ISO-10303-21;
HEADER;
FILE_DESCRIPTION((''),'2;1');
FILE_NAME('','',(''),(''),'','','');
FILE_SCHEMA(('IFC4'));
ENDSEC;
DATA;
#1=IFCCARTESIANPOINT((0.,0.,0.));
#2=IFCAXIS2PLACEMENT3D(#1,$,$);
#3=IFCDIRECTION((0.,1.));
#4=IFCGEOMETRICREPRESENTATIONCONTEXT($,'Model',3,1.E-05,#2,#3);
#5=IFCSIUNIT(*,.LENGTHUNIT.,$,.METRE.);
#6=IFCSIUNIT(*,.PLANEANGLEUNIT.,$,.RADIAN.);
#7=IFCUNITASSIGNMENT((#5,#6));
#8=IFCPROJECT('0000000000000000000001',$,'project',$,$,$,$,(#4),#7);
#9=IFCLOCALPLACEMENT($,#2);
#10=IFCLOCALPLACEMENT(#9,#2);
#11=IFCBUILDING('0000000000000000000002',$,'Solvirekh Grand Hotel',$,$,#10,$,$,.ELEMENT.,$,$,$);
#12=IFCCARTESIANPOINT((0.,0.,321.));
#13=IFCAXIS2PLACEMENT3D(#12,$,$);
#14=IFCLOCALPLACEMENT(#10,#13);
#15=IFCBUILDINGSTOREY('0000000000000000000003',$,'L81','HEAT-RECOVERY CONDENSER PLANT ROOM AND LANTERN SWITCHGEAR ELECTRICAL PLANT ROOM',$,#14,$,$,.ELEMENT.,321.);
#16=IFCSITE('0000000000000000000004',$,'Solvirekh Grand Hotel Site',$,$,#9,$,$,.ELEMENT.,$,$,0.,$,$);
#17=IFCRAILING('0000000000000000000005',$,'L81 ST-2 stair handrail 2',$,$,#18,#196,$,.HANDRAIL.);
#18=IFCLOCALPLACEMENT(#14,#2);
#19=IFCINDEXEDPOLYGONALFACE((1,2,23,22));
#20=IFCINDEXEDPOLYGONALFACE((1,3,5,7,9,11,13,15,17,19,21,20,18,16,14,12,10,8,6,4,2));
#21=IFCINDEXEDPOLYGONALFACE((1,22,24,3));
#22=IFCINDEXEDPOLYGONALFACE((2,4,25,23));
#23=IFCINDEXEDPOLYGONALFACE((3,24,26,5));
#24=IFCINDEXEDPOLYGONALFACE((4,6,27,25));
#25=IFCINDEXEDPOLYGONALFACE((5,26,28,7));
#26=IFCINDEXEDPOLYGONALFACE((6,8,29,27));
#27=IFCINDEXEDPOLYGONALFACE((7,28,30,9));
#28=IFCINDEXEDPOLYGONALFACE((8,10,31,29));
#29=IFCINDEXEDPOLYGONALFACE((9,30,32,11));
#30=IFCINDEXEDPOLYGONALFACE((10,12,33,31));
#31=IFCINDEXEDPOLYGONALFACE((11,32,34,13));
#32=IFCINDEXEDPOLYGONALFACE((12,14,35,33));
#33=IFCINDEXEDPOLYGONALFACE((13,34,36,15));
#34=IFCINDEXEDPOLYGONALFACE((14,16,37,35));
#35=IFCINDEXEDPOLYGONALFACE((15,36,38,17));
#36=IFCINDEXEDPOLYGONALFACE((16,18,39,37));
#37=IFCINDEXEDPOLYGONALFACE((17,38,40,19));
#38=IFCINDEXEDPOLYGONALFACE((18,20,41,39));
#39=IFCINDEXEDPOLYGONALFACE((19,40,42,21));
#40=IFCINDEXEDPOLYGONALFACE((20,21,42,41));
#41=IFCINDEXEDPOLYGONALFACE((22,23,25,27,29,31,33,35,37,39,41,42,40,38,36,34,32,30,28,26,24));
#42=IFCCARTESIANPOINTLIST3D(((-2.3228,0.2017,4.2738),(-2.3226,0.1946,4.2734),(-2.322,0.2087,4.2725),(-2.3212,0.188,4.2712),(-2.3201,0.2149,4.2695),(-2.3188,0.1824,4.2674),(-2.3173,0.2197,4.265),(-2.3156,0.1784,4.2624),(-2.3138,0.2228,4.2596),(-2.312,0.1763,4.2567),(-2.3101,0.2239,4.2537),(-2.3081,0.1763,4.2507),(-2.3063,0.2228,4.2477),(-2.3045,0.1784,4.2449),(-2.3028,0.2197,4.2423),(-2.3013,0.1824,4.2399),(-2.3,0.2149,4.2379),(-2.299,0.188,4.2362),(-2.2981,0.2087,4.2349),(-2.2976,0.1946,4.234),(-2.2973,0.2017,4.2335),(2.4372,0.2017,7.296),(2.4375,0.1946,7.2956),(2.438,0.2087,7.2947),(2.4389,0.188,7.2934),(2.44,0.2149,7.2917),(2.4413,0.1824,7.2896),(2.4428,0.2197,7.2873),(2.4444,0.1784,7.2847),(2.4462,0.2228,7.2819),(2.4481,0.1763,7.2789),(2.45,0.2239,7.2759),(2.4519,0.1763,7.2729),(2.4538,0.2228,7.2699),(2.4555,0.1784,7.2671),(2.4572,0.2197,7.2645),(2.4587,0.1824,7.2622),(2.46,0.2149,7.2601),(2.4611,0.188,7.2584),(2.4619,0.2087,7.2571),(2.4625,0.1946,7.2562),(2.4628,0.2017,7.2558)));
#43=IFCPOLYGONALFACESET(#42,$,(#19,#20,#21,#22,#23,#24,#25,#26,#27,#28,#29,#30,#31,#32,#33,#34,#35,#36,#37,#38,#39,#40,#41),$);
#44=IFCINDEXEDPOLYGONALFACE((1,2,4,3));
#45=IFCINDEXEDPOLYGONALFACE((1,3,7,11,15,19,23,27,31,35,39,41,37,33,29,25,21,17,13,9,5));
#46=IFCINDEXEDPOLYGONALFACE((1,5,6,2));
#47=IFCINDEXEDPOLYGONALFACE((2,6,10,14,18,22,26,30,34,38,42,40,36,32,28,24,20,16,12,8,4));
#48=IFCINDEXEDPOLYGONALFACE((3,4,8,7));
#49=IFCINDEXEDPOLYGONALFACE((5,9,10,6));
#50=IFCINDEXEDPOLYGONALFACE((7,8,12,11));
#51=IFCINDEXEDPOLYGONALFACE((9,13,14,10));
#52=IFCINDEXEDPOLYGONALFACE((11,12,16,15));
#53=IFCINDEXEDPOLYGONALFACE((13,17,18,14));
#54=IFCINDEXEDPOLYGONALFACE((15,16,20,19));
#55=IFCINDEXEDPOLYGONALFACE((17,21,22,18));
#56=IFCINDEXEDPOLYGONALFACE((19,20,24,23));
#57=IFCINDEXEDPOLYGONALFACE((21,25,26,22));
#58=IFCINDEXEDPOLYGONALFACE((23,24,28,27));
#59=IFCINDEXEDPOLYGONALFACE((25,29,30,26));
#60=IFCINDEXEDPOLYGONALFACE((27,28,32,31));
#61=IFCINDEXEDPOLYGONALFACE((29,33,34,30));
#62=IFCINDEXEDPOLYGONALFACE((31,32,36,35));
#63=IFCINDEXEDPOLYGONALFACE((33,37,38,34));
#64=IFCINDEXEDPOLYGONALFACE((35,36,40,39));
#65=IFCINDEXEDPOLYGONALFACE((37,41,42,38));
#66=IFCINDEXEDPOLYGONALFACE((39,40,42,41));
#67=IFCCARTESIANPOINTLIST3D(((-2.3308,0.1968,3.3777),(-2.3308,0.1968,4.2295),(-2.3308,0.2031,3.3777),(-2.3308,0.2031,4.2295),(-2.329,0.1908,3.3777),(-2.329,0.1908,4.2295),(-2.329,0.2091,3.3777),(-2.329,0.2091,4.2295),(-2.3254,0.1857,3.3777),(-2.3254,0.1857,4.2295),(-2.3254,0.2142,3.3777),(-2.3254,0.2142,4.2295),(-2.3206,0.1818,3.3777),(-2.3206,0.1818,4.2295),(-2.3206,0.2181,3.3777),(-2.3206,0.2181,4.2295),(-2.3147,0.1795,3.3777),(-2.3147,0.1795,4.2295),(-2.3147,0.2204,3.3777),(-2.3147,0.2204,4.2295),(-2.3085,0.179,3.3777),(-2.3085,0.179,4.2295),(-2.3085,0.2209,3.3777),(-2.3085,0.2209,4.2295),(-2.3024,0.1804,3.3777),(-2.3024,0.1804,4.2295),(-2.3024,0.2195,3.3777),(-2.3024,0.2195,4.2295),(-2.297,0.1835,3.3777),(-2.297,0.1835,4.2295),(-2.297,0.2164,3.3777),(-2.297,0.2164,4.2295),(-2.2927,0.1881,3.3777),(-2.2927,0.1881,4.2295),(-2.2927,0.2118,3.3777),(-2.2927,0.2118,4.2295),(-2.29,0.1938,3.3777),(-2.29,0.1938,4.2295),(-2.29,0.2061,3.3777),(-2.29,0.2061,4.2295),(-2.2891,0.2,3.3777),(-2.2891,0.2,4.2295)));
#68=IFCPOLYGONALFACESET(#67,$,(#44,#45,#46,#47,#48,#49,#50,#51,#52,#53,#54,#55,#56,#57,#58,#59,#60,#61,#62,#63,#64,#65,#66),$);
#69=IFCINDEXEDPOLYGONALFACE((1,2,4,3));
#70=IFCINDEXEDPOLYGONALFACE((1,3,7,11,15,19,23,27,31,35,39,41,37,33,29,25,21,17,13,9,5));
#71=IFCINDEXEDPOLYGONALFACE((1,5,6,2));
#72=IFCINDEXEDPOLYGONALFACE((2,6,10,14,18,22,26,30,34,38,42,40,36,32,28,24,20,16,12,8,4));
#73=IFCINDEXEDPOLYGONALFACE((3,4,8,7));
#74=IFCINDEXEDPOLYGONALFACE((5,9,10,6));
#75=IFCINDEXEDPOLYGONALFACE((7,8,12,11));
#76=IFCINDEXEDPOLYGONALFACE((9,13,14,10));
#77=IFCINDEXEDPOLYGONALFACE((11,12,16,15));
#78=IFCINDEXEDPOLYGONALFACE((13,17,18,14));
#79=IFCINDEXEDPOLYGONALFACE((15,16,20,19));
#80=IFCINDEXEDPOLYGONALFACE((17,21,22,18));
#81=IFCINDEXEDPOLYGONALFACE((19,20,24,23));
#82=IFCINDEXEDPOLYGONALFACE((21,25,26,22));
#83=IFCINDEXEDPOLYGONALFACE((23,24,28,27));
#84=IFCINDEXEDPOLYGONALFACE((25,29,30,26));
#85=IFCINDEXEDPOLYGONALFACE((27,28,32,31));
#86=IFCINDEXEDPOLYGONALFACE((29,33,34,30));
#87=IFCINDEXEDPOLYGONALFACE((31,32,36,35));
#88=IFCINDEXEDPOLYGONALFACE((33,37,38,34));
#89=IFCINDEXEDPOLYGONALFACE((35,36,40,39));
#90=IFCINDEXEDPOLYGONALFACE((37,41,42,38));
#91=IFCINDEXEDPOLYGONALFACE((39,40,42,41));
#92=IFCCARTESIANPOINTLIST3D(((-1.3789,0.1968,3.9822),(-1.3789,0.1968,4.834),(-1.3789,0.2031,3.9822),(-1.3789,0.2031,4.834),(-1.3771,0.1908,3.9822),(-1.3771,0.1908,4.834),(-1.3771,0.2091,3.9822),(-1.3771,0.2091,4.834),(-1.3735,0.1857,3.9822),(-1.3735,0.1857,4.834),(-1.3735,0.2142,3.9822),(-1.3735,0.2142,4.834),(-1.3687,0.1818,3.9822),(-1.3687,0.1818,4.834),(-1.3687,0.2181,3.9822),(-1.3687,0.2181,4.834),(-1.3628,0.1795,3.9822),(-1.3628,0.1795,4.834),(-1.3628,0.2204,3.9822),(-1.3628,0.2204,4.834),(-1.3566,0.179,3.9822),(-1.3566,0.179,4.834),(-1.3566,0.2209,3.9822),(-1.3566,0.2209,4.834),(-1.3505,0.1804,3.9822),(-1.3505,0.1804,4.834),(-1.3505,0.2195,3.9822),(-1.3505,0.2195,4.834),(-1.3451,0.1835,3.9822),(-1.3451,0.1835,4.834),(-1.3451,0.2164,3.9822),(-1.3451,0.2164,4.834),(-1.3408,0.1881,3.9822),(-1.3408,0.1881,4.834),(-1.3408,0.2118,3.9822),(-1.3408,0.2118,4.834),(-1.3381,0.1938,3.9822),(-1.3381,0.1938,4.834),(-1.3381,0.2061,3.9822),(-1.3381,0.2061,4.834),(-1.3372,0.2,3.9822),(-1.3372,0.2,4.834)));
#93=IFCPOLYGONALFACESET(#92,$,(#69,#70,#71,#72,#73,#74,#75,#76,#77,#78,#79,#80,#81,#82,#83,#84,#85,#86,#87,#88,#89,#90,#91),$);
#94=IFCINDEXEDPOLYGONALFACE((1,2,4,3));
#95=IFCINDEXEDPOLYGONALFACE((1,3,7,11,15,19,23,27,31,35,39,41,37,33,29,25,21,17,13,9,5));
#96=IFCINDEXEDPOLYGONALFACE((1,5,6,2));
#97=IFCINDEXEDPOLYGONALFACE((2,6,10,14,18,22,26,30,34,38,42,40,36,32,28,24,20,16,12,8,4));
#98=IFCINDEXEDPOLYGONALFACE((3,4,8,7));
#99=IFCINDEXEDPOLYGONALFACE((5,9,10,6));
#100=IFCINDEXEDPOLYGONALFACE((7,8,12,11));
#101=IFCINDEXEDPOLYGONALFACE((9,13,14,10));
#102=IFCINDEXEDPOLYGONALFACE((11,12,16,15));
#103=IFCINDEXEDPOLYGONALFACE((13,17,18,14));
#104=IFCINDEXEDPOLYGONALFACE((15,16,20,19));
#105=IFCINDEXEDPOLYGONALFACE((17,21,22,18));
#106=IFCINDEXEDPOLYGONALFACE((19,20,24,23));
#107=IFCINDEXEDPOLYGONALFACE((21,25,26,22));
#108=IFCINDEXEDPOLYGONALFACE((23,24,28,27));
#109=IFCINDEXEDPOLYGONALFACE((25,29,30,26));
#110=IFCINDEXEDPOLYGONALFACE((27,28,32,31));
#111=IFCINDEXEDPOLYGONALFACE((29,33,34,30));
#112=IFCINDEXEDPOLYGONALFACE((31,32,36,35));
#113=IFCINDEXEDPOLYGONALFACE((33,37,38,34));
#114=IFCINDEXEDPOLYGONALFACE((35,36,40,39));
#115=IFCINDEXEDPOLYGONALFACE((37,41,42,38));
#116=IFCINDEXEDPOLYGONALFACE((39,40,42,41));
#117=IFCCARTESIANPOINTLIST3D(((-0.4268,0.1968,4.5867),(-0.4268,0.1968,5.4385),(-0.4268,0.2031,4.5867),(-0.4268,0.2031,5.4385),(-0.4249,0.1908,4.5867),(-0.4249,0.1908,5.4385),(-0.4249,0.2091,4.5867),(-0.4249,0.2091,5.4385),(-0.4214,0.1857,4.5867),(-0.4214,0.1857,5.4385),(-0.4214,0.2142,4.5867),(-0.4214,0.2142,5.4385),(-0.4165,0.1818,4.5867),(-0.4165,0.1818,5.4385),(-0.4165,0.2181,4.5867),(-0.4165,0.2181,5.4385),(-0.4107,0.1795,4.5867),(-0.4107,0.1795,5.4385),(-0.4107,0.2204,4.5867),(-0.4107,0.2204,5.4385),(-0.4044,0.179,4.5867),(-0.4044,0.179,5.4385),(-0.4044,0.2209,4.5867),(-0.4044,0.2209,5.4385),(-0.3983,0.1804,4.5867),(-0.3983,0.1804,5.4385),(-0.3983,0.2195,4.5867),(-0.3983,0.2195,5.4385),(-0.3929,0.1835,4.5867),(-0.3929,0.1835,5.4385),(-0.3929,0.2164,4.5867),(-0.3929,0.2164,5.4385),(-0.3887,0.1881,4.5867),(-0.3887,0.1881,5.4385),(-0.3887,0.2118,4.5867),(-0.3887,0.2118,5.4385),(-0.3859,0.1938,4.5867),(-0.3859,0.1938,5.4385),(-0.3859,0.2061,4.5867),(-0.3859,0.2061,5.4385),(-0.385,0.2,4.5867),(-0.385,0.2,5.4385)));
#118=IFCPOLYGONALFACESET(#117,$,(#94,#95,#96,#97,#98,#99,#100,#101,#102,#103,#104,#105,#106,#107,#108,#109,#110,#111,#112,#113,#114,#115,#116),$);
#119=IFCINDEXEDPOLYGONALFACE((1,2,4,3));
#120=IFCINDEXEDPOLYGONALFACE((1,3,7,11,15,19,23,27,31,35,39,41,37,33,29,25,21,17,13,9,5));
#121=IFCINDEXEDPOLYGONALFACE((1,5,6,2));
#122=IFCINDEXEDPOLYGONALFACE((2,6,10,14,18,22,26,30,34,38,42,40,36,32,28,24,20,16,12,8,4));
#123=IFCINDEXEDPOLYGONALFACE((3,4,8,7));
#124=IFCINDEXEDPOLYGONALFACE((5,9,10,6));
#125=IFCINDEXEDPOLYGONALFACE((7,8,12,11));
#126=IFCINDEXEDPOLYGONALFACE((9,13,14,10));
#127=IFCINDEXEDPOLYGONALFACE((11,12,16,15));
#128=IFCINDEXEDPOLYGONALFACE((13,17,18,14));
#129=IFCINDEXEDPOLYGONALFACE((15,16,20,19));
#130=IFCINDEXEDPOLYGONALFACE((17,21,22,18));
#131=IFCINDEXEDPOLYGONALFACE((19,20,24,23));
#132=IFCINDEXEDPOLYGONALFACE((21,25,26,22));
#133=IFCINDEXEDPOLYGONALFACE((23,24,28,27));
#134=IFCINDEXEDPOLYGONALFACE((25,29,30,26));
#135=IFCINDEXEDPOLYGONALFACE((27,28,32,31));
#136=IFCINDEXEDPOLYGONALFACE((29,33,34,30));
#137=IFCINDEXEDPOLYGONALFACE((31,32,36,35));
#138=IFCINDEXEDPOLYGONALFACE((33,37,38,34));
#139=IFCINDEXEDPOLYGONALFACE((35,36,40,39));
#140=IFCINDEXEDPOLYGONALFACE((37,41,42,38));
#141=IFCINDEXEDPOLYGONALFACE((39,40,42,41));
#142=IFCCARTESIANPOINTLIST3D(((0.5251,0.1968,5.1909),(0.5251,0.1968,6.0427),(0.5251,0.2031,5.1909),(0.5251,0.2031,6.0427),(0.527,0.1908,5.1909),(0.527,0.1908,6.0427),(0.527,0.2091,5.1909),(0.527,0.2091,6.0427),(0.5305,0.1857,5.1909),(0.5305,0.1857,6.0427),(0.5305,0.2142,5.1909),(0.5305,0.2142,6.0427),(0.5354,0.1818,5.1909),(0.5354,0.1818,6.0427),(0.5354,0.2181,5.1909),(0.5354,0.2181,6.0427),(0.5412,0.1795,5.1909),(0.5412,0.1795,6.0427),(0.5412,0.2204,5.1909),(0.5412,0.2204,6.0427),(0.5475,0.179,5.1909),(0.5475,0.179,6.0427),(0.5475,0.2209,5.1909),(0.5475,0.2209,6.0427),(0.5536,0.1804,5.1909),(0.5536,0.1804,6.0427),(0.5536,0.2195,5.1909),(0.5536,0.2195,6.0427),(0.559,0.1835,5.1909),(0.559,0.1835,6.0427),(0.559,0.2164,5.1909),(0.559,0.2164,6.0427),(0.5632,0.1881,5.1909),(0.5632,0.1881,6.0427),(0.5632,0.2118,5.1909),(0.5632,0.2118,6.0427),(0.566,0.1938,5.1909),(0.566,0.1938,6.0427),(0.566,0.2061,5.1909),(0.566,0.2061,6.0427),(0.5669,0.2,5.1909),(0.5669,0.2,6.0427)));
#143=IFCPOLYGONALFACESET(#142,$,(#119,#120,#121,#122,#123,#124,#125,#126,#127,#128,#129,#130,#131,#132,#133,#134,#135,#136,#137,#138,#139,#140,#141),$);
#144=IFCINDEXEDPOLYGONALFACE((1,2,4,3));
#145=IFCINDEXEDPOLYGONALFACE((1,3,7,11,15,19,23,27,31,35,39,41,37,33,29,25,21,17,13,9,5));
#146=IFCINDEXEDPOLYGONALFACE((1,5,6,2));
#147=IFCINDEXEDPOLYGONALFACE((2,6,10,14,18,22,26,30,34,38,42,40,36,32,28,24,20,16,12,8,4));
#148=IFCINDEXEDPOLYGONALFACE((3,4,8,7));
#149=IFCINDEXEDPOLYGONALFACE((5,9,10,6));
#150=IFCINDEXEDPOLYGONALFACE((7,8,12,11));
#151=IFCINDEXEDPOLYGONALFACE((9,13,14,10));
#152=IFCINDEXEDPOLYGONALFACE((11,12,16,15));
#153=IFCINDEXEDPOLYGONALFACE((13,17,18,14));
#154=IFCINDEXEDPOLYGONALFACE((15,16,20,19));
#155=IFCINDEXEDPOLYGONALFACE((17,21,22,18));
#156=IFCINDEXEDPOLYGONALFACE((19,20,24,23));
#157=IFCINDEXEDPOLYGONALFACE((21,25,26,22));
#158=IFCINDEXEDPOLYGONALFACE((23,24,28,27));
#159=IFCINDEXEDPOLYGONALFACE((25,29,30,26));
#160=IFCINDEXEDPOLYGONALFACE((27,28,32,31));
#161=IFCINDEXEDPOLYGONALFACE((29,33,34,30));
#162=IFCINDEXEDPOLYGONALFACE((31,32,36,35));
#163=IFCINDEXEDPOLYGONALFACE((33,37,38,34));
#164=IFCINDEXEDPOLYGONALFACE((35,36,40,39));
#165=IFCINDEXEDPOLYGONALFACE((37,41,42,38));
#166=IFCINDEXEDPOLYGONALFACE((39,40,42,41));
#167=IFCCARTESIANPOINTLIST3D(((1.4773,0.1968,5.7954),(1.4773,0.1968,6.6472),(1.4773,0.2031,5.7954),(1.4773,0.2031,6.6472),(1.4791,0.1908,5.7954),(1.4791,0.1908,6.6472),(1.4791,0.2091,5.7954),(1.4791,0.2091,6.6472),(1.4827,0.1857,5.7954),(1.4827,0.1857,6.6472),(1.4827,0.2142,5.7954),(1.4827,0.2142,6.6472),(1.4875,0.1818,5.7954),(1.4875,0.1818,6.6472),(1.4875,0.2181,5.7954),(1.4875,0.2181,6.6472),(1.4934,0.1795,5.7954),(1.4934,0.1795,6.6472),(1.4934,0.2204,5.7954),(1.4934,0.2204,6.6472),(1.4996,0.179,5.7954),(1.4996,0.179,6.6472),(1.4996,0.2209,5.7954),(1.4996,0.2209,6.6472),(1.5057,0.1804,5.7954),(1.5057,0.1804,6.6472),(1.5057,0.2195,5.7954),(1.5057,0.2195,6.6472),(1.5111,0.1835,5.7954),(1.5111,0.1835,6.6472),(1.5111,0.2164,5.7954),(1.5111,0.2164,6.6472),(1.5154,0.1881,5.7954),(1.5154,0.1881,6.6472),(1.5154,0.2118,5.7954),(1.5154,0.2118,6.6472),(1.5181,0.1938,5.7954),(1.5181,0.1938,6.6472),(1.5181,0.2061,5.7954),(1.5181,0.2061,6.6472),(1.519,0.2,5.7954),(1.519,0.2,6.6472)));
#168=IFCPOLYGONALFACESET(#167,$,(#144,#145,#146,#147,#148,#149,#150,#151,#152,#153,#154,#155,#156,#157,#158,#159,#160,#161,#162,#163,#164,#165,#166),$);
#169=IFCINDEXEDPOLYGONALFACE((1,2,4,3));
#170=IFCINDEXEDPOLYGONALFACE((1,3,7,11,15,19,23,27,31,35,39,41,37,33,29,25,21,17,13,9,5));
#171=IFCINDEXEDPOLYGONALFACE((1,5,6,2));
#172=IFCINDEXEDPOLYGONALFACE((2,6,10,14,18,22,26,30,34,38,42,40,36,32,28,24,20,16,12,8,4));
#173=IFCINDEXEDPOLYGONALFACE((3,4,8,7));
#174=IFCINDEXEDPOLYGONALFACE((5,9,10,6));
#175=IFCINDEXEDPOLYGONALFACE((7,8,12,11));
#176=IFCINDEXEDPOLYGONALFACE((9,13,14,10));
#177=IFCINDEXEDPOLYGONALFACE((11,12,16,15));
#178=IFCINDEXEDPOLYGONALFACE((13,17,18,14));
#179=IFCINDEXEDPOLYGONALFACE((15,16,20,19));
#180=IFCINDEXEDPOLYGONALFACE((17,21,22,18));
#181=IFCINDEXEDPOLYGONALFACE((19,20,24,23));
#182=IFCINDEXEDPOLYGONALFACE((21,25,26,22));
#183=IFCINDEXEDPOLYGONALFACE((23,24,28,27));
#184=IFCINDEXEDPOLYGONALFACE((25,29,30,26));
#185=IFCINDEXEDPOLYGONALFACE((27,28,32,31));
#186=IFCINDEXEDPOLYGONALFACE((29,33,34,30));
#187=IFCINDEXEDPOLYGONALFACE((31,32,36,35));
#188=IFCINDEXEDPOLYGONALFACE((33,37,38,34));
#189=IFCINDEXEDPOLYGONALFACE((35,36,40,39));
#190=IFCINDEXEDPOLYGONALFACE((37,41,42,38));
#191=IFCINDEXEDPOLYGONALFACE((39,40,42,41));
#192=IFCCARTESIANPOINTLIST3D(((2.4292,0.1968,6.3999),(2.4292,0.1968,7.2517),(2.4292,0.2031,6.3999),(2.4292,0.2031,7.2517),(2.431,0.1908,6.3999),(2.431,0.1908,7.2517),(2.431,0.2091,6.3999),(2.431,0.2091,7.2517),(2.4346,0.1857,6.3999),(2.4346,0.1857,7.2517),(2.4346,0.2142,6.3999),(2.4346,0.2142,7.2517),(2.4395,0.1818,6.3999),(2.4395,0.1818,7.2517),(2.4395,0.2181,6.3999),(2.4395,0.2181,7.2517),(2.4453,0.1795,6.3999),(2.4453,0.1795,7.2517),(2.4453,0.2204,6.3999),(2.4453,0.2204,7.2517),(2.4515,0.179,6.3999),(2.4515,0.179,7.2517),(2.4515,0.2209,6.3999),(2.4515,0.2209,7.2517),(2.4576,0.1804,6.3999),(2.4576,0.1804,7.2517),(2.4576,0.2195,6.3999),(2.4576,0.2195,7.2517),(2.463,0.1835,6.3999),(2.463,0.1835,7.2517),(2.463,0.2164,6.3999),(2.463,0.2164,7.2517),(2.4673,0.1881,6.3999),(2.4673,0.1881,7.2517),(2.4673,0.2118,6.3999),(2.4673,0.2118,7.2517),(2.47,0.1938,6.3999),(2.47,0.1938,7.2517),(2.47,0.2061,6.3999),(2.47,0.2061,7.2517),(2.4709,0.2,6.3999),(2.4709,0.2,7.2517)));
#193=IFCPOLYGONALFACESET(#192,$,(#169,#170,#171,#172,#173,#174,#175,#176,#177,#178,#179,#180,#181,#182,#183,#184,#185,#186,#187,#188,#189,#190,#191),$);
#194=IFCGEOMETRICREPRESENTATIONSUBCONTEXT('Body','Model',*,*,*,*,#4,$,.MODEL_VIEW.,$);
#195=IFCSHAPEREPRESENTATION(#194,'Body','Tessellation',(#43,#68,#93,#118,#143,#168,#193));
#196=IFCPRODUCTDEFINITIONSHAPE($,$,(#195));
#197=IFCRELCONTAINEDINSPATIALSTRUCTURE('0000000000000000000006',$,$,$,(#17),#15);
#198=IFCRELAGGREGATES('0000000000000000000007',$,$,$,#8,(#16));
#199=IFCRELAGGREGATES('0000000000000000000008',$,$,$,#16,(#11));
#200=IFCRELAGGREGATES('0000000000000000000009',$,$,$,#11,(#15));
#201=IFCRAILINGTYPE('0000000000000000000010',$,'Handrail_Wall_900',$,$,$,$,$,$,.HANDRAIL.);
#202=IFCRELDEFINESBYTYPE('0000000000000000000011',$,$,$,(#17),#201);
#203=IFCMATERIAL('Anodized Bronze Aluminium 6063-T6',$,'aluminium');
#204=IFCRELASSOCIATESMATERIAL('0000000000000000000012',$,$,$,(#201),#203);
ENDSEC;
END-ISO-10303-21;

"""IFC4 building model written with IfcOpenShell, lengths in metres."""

from ifc_helpers import new_model, si_unit, direction, frame, origin, origin_2d, place, context, subcontext, project, spatial, circle, extrude, material, type_object, element, save


model = new_model("IFC4")

# Units and contexts
model_context = context("Model", 3, precision=1e-05, world=origin(), true_north=direction((0.0, 1.0)))
body_context = subcontext(model_context, "Body", "Model", "MODEL_VIEW")
ifc_project = project(units=[si_unit("LENGTHUNIT", "METRE"), si_unit("PLANEANGLEUNIT", "RADIAN")], contexts=[model_context])

# Site, building, storey
site_placement = place(None, origin())
site = spatial("IfcSite", under=ifc_project, at=site_placement, Name="Solvirekh Grand Hotel Site", CompositionType="ELEMENT", RefElevation=0.0)
building_placement = place(site_placement, origin())
building = spatial("IfcBuilding", under=site, at=building_placement, Name="Solvirekh Grand Hotel", CompositionType="ELEMENT")
storey_placement = place(building_placement, frame((0.0, 0.0, 321.0)))
storey = spatial("IfcBuildingStorey", under=building, at=storey_placement, Name="L81", Description="HEAT-RECOVERY CONDENSER PLANT ROOM AND LANTERN SWITCHGEAR ELECTRICAL PLANT ROOM", CompositionType="ELEMENT", Elevation=321.0)

# Shared definitions
ifc_material_1 = material(Name="Anodized Bronze Aluminium 6063-T6", Category="aluminium")

# Railing
railing_type_1 = type_object("IfcRailingType", Name="Handrail_Wall_900", PredefinedType="HANDRAIL", material=ifc_material_1)
railing_1_placement = place(storey_placement, frame((-2.3101, 0.2, 3.3777)))
element("IfcRailing", 1, at=railing_1_placement, inside=storey, type_object=railing_type_1, Name="L81 ST-2 stair handrail 2", PredefinedType="HANDRAIL", context=body_context, shape_type="SweptSolid", body=[
    extrude(circle(Radius=0.0239, at=origin_2d()), frame((0.0, 0.0, 0.876), z_axis=(0.844214, 0.0, 0.536007), x_axis=(0.0, 1.0, 0.0)), (0.0, 0.0, 1.0), 5.6384),
    extrude(circle(Radius=0.021, at=origin_2d()), origin(), (0.0, 0.0, 1.0), 0.8518),
    extrude(circle(Radius=0.021, at=origin_2d()), frame((0.9519, 0.0, 0.6045)), (0.0, 0.0, 1.0), 0.8518),
    extrude(circle(Radius=0.021, at=origin_2d()), frame((1.9041, 0.0, 1.209)), (0.0, 0.0, 1.0), 0.8518),
    extrude(circle(Radius=0.021, at=origin_2d()), frame((2.856, 0.0, 1.8132)), (0.0, 0.0, 1.0), 0.8518),
    extrude(circle(Radius=0.021, at=origin_2d()), frame((3.8081, 0.0, 2.4177)), (0.0, 0.0, 1.0), 0.8518),
    extrude(circle(Radius=0.021, at=origin_2d()), frame((4.76, 0.0, 3.0222)), (0.0, 0.0, 1.0), 0.8518),
])

save(model, "model.ifc")
